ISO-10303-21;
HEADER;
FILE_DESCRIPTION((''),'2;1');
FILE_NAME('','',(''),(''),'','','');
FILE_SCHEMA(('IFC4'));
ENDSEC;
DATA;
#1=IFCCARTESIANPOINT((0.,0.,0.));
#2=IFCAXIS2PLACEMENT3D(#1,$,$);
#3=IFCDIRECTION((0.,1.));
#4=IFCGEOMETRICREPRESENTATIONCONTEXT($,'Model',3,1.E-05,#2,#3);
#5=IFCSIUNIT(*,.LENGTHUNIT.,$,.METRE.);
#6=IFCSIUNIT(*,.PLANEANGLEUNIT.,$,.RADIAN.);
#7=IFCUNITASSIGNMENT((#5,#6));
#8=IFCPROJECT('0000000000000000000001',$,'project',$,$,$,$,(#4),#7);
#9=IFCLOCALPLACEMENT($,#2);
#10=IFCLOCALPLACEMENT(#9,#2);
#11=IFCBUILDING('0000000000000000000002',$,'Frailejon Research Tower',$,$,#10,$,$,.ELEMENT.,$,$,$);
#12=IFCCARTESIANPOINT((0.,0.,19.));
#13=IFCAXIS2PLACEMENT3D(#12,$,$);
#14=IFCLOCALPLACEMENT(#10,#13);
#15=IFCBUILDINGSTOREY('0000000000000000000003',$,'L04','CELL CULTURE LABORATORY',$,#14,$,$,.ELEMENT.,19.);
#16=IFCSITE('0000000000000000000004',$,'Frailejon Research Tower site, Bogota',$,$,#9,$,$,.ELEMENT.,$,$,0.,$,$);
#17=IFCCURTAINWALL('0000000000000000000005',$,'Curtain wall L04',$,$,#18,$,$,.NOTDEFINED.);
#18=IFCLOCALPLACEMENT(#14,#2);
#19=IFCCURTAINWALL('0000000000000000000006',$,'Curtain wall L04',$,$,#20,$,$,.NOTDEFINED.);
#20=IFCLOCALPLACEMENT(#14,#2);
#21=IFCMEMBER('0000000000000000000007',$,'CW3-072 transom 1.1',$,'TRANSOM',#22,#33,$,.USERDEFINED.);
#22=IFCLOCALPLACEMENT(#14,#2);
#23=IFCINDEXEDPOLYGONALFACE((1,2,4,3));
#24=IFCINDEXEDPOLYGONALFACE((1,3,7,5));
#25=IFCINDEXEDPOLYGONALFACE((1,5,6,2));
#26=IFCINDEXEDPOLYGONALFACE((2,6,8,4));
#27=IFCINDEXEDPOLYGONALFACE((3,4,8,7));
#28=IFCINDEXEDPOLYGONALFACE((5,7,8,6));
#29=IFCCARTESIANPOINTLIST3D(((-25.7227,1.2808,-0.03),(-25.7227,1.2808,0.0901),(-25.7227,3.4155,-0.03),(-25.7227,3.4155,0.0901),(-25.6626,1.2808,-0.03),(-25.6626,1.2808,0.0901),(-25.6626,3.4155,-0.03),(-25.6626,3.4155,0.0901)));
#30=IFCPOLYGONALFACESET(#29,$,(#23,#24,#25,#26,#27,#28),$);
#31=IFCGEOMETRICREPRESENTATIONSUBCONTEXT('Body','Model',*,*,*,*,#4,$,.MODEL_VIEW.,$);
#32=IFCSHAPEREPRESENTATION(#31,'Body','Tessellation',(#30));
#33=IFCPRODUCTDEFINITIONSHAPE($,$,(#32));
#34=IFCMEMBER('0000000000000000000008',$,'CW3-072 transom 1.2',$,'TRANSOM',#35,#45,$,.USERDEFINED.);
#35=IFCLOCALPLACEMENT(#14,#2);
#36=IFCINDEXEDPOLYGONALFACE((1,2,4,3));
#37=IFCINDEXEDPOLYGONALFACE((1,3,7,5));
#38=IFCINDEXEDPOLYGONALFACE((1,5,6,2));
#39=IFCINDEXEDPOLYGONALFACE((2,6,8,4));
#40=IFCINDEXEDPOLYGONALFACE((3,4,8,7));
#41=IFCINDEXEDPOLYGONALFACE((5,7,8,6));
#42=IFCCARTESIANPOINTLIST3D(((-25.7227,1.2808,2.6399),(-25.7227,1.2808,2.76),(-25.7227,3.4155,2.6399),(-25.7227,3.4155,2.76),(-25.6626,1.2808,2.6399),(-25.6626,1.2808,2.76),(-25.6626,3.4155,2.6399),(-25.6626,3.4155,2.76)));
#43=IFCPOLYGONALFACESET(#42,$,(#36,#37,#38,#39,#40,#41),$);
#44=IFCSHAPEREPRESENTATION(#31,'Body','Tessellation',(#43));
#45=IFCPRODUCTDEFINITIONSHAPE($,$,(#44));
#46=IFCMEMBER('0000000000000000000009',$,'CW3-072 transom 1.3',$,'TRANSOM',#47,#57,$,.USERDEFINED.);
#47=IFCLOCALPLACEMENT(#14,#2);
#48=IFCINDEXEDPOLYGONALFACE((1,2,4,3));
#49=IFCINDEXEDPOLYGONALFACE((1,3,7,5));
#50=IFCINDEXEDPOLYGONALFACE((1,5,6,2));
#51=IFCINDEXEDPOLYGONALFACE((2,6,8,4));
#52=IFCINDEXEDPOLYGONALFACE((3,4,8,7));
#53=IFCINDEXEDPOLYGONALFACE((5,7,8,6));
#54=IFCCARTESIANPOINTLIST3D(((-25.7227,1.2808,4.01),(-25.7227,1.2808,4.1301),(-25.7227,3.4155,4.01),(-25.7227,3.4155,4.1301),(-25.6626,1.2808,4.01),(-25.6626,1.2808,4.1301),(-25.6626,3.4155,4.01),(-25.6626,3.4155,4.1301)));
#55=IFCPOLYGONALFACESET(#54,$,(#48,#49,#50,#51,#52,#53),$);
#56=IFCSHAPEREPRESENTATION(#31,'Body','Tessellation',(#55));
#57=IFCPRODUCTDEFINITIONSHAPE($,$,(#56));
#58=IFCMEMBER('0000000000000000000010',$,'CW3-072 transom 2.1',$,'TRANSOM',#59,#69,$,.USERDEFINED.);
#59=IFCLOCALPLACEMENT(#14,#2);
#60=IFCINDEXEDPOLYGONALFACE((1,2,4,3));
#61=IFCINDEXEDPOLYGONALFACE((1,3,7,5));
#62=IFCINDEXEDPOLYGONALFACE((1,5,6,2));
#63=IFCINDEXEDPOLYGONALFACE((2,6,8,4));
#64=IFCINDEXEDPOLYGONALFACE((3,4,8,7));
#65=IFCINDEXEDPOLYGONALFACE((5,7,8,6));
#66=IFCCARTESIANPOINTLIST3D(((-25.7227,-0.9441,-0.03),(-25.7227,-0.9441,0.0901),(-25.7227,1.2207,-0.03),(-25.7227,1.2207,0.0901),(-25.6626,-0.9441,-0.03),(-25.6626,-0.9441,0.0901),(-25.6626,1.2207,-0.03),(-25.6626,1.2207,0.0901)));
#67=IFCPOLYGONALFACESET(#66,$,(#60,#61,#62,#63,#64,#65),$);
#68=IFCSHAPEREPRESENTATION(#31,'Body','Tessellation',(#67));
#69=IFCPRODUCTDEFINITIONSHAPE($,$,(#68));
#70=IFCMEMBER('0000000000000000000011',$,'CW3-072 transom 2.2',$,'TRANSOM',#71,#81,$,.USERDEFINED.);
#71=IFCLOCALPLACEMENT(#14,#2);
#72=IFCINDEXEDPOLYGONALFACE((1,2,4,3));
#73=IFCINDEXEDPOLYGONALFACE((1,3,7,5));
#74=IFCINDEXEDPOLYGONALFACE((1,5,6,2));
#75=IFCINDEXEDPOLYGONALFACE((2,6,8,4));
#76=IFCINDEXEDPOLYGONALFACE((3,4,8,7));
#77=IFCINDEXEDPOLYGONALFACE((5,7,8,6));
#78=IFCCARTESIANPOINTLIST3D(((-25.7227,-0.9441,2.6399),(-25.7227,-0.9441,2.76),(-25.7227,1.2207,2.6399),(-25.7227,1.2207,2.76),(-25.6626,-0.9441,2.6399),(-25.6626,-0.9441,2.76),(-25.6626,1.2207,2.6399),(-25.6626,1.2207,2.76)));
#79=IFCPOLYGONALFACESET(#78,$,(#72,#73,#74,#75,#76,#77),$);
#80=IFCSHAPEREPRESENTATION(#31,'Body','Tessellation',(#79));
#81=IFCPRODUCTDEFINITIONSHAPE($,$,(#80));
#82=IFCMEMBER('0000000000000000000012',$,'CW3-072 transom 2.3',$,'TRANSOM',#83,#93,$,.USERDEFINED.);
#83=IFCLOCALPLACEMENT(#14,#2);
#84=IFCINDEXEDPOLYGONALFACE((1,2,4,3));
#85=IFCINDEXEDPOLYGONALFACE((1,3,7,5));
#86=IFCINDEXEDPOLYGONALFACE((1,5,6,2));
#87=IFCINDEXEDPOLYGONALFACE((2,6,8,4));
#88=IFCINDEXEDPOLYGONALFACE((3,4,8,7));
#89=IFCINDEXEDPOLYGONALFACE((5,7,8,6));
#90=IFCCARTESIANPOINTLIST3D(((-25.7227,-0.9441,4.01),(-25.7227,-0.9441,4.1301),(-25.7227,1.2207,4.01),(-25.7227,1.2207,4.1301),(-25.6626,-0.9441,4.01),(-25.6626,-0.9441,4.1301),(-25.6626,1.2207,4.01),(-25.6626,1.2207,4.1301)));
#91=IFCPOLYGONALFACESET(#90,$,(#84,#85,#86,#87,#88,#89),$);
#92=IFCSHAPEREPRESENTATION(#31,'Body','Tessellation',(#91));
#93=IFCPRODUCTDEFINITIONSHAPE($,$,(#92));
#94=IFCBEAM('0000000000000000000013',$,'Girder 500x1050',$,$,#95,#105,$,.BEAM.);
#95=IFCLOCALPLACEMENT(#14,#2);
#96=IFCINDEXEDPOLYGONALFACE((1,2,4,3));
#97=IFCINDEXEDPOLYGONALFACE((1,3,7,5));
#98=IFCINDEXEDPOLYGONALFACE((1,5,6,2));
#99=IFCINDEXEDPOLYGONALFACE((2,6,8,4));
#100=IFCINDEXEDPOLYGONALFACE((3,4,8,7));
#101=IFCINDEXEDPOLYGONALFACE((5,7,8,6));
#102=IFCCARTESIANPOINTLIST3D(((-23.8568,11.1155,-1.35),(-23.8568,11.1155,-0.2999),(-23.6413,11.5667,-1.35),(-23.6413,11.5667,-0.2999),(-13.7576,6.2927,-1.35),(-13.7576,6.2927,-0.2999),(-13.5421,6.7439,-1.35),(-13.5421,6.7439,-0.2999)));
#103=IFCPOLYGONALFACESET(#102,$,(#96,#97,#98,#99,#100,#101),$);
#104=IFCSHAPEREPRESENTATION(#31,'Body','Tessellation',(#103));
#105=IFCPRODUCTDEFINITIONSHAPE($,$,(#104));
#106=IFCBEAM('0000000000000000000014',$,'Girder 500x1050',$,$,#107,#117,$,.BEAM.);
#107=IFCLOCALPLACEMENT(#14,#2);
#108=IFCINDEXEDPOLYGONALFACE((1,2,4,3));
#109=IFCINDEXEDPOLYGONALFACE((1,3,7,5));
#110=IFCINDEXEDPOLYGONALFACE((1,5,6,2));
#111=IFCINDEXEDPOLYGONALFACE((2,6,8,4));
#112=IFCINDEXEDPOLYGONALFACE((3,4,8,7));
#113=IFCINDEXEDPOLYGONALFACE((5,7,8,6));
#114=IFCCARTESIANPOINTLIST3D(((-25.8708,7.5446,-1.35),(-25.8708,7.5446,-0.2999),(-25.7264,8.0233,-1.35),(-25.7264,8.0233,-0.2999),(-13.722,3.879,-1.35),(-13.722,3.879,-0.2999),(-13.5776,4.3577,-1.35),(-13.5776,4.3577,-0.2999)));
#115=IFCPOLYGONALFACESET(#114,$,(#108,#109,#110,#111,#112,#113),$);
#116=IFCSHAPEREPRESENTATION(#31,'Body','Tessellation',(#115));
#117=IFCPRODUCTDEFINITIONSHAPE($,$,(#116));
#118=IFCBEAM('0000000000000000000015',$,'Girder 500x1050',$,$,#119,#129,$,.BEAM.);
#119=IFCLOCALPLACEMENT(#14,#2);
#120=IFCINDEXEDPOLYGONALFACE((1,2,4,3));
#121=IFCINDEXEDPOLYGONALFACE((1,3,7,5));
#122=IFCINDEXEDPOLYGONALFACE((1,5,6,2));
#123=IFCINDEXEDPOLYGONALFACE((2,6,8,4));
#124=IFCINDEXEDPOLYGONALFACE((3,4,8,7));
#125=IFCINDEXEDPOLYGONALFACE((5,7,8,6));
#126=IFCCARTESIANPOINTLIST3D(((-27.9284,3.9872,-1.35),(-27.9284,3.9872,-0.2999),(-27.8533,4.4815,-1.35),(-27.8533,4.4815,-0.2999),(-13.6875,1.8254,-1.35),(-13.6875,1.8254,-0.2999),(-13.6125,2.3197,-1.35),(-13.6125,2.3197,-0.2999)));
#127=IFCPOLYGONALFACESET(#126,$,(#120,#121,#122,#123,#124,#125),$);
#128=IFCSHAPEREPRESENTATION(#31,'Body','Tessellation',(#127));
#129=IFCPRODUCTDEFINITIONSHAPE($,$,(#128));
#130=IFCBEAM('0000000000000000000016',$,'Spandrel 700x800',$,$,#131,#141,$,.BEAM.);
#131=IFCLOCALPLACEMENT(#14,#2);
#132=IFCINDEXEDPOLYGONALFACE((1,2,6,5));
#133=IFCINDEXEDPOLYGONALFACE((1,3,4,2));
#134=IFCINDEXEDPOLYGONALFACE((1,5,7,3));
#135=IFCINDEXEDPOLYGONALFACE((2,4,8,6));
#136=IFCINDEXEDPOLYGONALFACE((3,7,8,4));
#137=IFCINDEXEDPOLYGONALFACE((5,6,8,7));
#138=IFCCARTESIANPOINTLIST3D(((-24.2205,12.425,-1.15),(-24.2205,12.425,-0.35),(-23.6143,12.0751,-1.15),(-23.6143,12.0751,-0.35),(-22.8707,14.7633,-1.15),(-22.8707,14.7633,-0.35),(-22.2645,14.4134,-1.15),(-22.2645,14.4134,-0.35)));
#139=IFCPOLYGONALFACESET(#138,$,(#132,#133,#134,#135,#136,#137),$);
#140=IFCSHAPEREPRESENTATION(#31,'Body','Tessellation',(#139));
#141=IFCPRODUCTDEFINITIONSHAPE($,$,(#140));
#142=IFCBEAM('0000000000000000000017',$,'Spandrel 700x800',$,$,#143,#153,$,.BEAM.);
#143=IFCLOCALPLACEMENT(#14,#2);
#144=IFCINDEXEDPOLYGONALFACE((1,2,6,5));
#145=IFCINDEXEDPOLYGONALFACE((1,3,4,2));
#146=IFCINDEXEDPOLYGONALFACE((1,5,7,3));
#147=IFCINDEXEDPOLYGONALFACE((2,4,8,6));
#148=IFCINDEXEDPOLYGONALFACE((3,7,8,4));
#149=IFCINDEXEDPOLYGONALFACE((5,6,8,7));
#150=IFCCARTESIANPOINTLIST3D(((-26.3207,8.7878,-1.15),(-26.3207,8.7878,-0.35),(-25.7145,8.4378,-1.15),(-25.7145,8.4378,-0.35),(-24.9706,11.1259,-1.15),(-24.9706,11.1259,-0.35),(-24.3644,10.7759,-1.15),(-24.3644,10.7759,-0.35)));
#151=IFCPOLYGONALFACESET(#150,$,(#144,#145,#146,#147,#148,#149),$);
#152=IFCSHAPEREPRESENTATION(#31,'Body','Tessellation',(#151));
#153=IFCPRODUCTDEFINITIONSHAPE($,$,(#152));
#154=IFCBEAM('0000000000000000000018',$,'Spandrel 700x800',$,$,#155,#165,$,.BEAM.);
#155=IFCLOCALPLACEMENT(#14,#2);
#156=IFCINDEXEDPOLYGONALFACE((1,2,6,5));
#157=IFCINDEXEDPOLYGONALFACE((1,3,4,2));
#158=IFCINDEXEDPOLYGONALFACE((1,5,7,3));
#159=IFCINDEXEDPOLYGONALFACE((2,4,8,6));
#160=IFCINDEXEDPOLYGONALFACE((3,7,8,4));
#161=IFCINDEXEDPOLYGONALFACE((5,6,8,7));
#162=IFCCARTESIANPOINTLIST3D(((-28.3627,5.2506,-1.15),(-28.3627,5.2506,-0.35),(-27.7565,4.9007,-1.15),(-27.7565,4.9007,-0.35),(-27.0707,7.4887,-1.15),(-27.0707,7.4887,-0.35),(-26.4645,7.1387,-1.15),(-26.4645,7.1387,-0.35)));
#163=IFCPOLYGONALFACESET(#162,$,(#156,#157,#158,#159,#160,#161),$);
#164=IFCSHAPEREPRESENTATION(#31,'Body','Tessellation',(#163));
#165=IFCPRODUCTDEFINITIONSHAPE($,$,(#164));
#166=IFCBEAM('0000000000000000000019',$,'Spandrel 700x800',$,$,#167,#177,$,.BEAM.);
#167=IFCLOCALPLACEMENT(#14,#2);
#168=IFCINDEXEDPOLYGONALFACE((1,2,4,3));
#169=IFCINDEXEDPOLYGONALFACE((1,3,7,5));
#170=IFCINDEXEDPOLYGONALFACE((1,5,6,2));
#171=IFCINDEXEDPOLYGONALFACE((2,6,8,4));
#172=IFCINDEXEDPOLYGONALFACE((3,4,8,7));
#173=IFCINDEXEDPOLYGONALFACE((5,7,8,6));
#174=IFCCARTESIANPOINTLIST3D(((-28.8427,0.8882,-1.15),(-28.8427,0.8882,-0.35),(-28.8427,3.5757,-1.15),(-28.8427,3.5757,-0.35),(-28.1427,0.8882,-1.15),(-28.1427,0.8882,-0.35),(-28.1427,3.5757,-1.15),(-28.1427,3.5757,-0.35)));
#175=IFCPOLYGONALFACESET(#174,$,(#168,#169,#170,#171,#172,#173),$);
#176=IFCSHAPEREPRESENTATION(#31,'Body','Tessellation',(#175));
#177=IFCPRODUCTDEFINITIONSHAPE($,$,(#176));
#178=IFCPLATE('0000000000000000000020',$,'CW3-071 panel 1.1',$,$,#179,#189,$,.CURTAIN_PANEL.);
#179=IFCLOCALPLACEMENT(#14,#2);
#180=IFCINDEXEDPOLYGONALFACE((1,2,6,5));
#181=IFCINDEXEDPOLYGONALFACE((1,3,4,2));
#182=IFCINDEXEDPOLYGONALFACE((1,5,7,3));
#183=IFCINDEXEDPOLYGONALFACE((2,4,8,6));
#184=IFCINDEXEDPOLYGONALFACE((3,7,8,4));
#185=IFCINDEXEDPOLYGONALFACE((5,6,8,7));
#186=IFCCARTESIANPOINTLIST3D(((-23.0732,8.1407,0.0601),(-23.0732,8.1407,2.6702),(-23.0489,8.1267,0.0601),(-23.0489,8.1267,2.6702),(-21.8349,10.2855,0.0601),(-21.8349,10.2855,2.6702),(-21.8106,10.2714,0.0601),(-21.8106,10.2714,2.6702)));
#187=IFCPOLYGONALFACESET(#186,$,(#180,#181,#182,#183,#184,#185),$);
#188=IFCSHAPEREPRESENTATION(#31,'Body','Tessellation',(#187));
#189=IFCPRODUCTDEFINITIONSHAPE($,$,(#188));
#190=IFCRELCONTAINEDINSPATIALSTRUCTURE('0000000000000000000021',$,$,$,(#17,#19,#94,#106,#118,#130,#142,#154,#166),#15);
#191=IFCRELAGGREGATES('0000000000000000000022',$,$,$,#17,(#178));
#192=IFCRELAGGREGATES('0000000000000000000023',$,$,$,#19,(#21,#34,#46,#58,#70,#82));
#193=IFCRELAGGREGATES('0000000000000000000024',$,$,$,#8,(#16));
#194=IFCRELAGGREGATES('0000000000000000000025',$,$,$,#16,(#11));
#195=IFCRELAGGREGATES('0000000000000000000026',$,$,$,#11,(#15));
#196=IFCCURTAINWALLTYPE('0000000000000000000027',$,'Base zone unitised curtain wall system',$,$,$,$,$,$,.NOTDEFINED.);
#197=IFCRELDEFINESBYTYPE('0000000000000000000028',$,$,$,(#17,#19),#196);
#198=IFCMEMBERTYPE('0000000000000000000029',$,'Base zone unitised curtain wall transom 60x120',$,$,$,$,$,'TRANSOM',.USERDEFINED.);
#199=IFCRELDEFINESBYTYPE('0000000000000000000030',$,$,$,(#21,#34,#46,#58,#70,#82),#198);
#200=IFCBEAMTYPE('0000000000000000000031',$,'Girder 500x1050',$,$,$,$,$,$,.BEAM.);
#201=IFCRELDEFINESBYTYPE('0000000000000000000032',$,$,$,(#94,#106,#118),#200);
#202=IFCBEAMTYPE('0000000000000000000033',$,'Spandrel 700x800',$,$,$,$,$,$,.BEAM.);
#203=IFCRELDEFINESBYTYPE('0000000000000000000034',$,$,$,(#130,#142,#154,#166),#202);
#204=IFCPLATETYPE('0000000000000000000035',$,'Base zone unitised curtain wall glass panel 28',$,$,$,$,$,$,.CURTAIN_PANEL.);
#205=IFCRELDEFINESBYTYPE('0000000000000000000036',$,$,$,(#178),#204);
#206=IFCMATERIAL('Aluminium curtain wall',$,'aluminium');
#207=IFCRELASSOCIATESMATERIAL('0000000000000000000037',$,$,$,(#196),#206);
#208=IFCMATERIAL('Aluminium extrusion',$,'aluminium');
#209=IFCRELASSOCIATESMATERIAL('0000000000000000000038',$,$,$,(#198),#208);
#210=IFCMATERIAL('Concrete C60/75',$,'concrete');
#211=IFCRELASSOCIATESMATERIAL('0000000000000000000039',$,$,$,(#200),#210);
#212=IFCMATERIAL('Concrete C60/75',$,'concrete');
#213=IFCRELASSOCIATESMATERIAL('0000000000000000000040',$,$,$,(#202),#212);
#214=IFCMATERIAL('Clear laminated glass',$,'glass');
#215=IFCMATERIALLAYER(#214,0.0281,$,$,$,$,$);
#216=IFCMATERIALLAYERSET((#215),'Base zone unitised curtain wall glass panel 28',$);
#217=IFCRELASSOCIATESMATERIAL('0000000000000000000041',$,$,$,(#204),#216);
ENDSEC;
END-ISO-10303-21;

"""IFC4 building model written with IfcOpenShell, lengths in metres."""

from ifc_helpers import new_model, si_unit, direction, frame, origin, origin_2d, place, context, subcontext, project, spatial, rectangle, extrude, material, layer, layer_set, material_profile, profile_set, type_object, element, aggregate, save


model = new_model("IFC4")

# Units and contexts
model_context = context("Model", 3, precision=1e-05, world=origin(), true_north=direction((0.0, 1.0)))
body_context = subcontext(model_context, "Body", "Model", "MODEL_VIEW")
ifc_project = project(units=[si_unit("LENGTHUNIT", "METRE"), si_unit("PLANEANGLEUNIT", "RADIAN")], contexts=[model_context])

# Site, building, storey
site_placement = place(None, origin())
site = spatial("IfcSite", under=ifc_project, at=site_placement, Name="Frailejon Research Tower site, Bogota", CompositionType="ELEMENT", RefElevation=0.0)
building_placement = place(site_placement, origin())
building = spatial("IfcBuilding", under=site, at=building_placement, Name="Frailejon Research Tower", CompositionType="ELEMENT")
storey_placement = place(building_placement, frame((0.0, 0.0, 19.0)))
storey = spatial("IfcBuildingStorey", under=building, at=storey_placement, Name="L04", Description="CELL CULTURE LABORATORY", CompositionType="ELEMENT", Elevation=19.0)

# Curtain walls
ifc_material_1 = material(Name="Aluminium curtain wall", Category="aluminium")
curtain_wall_type = type_object("IfcCurtainWallType", Name="Base zone unitised curtain wall system", PredefinedType="NOTDEFINED", material=ifc_material_1)
curtain_wall_1_placement = place(storey_placement, origin())
curtain_wall_1 = element("IfcCurtainWall", 1, at=curtain_wall_1_placement, inside=storey, type_object=curtain_wall_type, Name="Curtain wall L04", PredefinedType="NOTDEFINED")
curtain_wall_2_placement = place(storey_placement, origin())
curtain_wall_2 = element("IfcCurtainWall", 2, at=curtain_wall_2_placement, inside=storey, type_object=curtain_wall_type, Name="Curtain wall L04", PredefinedType="NOTDEFINED")

# Members
ifc_material_2 = material(Name="Aluminium extrusion", Category="aluminium")
ifc_material_profile_1 = material_profile(ifc_material_2, rectangle(XDim=0.0601, YDim=0.1201, at=origin_2d()), Name="Base zone unitised curtain wall transom 60x120")
ifc_profile_set_1 = profile_set([ifc_material_profile_1], Name="Aluminium extrusion")
member_type_1 = type_object("IfcMemberType", Name="Base zone unitised curtain wall transom 60x120", ElementType="TRANSOM", PredefinedType="USERDEFINED", material=ifc_profile_set_1)
member_1_placement = place(storey_placement, frame((-25.6926, 3.4155, 0.03), z_axis=(0.0, -1.0, 0.0), x_axis=(1.0, 0.0, 0.0)))
member_1 = element("IfcMember", 3, at=member_1_placement, type_object=member_type_1, Name="CW3-072 transom 1.1", ObjectType="TRANSOM", PredefinedType="USERDEFINED", context=body_context, shape_type="SweptSolid", body=[
    extrude(rectangle(XDim=0.0601, YDim=0.1201, at=origin_2d()), origin(), (0.0, 0.0, 1.0), 2.1348),
])
member_2_placement = place(storey_placement, frame((-25.6926, 3.4155, 2.7), z_axis=(0.0, -1.0, 0.0), x_axis=(1.0, 0.0, 0.0)))
member_2 = element("IfcMember", 4, at=member_2_placement, type_object=member_type_1, Name="CW3-072 transom 1.2", ObjectType="TRANSOM", PredefinedType="USERDEFINED", context=body_context, shape_type="SweptSolid", body=[
    extrude(rectangle(XDim=0.0601, YDim=0.1201, at=origin_2d()), origin(), (0.0, 0.0, 1.0), 2.1348),
])
member_3_placement = place(storey_placement, frame((-25.6926, 3.4155, 4.0701), z_axis=(0.0, -1.0, 0.0), x_axis=(1.0, 0.0, 0.0)))
member_3 = element("IfcMember", 5, at=member_3_placement, type_object=member_type_1, Name="CW3-072 transom 1.3", ObjectType="TRANSOM", PredefinedType="USERDEFINED", context=body_context, shape_type="SweptSolid", body=[
    extrude(rectangle(XDim=0.0601, YDim=0.1201, at=origin_2d()), origin(), (0.0, 0.0, 1.0), 2.1348),
])
member_4_placement = place(storey_placement, frame((-25.6926, 1.2207, 0.03), z_axis=(0.0, -1.0, 0.0), x_axis=(1.0, 0.0, 0.0)))
member_4 = element("IfcMember", 6, at=member_4_placement, type_object=member_type_1, Name="CW3-072 transom 2.1", ObjectType="TRANSOM", PredefinedType="USERDEFINED", context=body_context, shape_type="SweptSolid", body=[
    extrude(rectangle(XDim=0.0601, YDim=0.1201, at=origin_2d()), origin(), (0.0, 0.0, 1.0), 2.1648),
])
member_5_placement = place(storey_placement, frame((-25.6926, 1.2207, 2.7), z_axis=(0.0, -1.0, 0.0), x_axis=(1.0, 0.0, 0.0)))
member_5 = element("IfcMember", 7, at=member_5_placement, type_object=member_type_1, Name="CW3-072 transom 2.2", ObjectType="TRANSOM", PredefinedType="USERDEFINED", context=body_context, shape_type="SweptSolid", body=[
    extrude(rectangle(XDim=0.0601, YDim=0.1201, at=origin_2d()), origin(), (0.0, 0.0, 1.0), 2.1648),
])
member_6_placement = place(storey_placement, frame((-25.6926, 1.2207, 4.0701), z_axis=(0.0, -1.0, 0.0), x_axis=(1.0, 0.0, 0.0)))
member_6 = element("IfcMember", 8, at=member_6_placement, type_object=member_type_1, Name="CW3-072 transom 2.3", ObjectType="TRANSOM", PredefinedType="USERDEFINED", context=body_context, shape_type="SweptSolid", body=[
    extrude(rectangle(XDim=0.0601, YDim=0.1201, at=origin_2d()), origin(), (0.0, 0.0, 1.0), 2.1648),
])

# Beams
ifc_material_3 = material(Name="Concrete C60/75", Category="concrete")
ifc_material_profile_2 = material_profile(ifc_material_3, rectangle(XDim=0.5, YDim=1.05, at=origin_2d()), Name="Girder 500x1050")
ifc_profile_set_2 = profile_set([ifc_material_profile_2], Name="Concrete C60/75")
beam_type_1 = type_object("IfcBeamType", Name="Girder 500x1050", PredefinedType="BEAM", material=ifc_profile_set_2)
beam_1_placement = place(storey_placement, frame((-23.749, 11.3411, -0.825), z_axis=(0.902387, -0.430927, 0.0), x_axis=(0.430927, 0.902387, 0.0)))
element("IfcBeam", 9, at=beam_1_placement, inside=storey, type_object=beam_type_1, Name="Girder 500x1050", PredefinedType="BEAM", context=body_context, shape_type="SweptSolid", body=[
    extrude(rectangle(XDim=0.5, YDim=1.05, at=origin_2d()), origin(), (0.0, 0.0, 1.0), 11.1917),
])
beam_2_placement = place(storey_placement, frame((-25.7986, 7.7839, -0.825), z_axis=(0.957371, -0.28886, 0.0), x_axis=(0.28886, 0.957371, 0.0)))
element("IfcBeam", 10, at=beam_2_placement, inside=storey, type_object=beam_type_1, Name="Girder 500x1050", PredefinedType="BEAM", context=body_context, shape_type="SweptSolid", body=[
    extrude(rectangle(XDim=0.5, YDim=1.05, at=origin_2d()), origin(), (0.0, 0.0, 1.0), 12.6897),
])
beam_3_placement = place(storey_placement, frame((-27.8909, 4.2344, -0.825), z_axis=(0.988673, -0.150087, 0.0), x_axis=(0.150087, 0.988673, 0.0)))
element("IfcBeam", 11, at=beam_3_placement, inside=storey, type_object=beam_type_1, Name="Girder 500x1050", PredefinedType="BEAM", context=body_context, shape_type="SweptSolid", body=[
    extrude(rectangle(XDim=0.5, YDim=1.05, at=origin_2d()), origin(), (0.0, 0.0, 1.0), 14.4041),
])
ifc_material_4 = material(Name="Concrete C60/75", Category="concrete")
ifc_material_profile_3 = material_profile(ifc_material_4, rectangle(XDim=0.7, YDim=0.8, at=origin_2d()), Name="Spandrel 700x800")
ifc_profile_set_3 = profile_set([ifc_material_profile_3], Name="Concrete C60/75")
beam_type_2 = type_object("IfcBeamType", Name="Spandrel 700x800", PredefinedType="BEAM", material=ifc_profile_set_3)
for number, where, z_axis, x_axis, name in (
    (12, (-22.5676, 14.5884, -0.75), (-0.499942, -0.866059, 0.0), (0.866059, -0.499942, 0.0), "Spandrel 700x800"),
    (13, (-24.6675, 10.9509, -0.75), (-0.500049, -0.865997, 0.0), (0.865997, -0.500049, 0.0), "Spandrel 700x800"),
):
    element("IfcBeam", number, at=place(storey_placement, frame(where, z_axis=z_axis, x_axis=x_axis)), inside=storey, type_object=beam_type_2, Name=name, PredefinedType="BEAM", context=body_context, shape_type="SweptSolid", body=[
        extrude(rectangle(XDim=0.7, YDim=0.8, at=origin_2d()), origin(), (0.0, 0.0, 1.0), 2.7),
    ])
beam_4_placement = place(storey_placement, frame((-26.7676, 7.3137, -0.75), z_axis=(-0.49996, -0.866049, 0.0), x_axis=(0.866049, -0.49996, 0.0)))
element("IfcBeam", 14, at=beam_4_placement, inside=storey, type_object=beam_type_2, Name="Spandrel 700x800", PredefinedType="BEAM", context=body_context, shape_type="SweptSolid", body=[
    extrude(rectangle(XDim=0.7, YDim=0.8, at=origin_2d()), origin(), (0.0, 0.0, 1.0), 2.5842),
])
beam_5_placement = place(storey_placement, frame((-28.4927, 3.5757, -0.75), z_axis=(0.0, -1.0, 0.0), x_axis=(1.0, 0.0, 0.0)))
element("IfcBeam", 15, at=beam_5_placement, inside=storey, type_object=beam_type_2, Name="Spandrel 700x800", PredefinedType="BEAM", context=body_context, shape_type="SweptSolid", body=[
    extrude(rectangle(XDim=0.7, YDim=0.8, at=origin_2d()), origin(), (0.0, 0.0, 1.0), 2.6875),
])

# Plate
ifc_material_5 = material(Name="Clear laminated glass", Category="glass")
ifc_layer_1 = layer(ifc_material_5, 0.0281)
ifc_layer_set_1 = layer_set([ifc_layer_1], Name="Base zone unitised curtain wall glass panel 28")
plate_type = type_object("IfcPlateType", Name="Base zone unitised curtain wall glass panel 28", PredefinedType="CURTAIN_PANEL", material=ifc_layer_set_1)
plate_1_placement = place(storey_placement, frame((-22.4419, 9.2061, 0.0601), z_axis=(0.0, 0.0, 1.0), x_axis=(-0.500001, -0.866025, 0.0)))
plate_1 = element("IfcPlate", 16, at=plate_1_placement, type_object=plate_type, Name="CW3-071 panel 1.1", PredefinedType="CURTAIN_PANEL", context=body_context, shape_type="SweptSolid", body=[
    extrude(rectangle(XDim=2.4766, YDim=0.0281, at=origin_2d()), origin(), (0.0, 0.0, 1.0), 2.6101),
])
aggregate(curtain_wall_1, [plate_1])
aggregate(curtain_wall_2, [member_1, member_2, member_3, member_4, member_5, member_6])

save(model, "model.ifc")
